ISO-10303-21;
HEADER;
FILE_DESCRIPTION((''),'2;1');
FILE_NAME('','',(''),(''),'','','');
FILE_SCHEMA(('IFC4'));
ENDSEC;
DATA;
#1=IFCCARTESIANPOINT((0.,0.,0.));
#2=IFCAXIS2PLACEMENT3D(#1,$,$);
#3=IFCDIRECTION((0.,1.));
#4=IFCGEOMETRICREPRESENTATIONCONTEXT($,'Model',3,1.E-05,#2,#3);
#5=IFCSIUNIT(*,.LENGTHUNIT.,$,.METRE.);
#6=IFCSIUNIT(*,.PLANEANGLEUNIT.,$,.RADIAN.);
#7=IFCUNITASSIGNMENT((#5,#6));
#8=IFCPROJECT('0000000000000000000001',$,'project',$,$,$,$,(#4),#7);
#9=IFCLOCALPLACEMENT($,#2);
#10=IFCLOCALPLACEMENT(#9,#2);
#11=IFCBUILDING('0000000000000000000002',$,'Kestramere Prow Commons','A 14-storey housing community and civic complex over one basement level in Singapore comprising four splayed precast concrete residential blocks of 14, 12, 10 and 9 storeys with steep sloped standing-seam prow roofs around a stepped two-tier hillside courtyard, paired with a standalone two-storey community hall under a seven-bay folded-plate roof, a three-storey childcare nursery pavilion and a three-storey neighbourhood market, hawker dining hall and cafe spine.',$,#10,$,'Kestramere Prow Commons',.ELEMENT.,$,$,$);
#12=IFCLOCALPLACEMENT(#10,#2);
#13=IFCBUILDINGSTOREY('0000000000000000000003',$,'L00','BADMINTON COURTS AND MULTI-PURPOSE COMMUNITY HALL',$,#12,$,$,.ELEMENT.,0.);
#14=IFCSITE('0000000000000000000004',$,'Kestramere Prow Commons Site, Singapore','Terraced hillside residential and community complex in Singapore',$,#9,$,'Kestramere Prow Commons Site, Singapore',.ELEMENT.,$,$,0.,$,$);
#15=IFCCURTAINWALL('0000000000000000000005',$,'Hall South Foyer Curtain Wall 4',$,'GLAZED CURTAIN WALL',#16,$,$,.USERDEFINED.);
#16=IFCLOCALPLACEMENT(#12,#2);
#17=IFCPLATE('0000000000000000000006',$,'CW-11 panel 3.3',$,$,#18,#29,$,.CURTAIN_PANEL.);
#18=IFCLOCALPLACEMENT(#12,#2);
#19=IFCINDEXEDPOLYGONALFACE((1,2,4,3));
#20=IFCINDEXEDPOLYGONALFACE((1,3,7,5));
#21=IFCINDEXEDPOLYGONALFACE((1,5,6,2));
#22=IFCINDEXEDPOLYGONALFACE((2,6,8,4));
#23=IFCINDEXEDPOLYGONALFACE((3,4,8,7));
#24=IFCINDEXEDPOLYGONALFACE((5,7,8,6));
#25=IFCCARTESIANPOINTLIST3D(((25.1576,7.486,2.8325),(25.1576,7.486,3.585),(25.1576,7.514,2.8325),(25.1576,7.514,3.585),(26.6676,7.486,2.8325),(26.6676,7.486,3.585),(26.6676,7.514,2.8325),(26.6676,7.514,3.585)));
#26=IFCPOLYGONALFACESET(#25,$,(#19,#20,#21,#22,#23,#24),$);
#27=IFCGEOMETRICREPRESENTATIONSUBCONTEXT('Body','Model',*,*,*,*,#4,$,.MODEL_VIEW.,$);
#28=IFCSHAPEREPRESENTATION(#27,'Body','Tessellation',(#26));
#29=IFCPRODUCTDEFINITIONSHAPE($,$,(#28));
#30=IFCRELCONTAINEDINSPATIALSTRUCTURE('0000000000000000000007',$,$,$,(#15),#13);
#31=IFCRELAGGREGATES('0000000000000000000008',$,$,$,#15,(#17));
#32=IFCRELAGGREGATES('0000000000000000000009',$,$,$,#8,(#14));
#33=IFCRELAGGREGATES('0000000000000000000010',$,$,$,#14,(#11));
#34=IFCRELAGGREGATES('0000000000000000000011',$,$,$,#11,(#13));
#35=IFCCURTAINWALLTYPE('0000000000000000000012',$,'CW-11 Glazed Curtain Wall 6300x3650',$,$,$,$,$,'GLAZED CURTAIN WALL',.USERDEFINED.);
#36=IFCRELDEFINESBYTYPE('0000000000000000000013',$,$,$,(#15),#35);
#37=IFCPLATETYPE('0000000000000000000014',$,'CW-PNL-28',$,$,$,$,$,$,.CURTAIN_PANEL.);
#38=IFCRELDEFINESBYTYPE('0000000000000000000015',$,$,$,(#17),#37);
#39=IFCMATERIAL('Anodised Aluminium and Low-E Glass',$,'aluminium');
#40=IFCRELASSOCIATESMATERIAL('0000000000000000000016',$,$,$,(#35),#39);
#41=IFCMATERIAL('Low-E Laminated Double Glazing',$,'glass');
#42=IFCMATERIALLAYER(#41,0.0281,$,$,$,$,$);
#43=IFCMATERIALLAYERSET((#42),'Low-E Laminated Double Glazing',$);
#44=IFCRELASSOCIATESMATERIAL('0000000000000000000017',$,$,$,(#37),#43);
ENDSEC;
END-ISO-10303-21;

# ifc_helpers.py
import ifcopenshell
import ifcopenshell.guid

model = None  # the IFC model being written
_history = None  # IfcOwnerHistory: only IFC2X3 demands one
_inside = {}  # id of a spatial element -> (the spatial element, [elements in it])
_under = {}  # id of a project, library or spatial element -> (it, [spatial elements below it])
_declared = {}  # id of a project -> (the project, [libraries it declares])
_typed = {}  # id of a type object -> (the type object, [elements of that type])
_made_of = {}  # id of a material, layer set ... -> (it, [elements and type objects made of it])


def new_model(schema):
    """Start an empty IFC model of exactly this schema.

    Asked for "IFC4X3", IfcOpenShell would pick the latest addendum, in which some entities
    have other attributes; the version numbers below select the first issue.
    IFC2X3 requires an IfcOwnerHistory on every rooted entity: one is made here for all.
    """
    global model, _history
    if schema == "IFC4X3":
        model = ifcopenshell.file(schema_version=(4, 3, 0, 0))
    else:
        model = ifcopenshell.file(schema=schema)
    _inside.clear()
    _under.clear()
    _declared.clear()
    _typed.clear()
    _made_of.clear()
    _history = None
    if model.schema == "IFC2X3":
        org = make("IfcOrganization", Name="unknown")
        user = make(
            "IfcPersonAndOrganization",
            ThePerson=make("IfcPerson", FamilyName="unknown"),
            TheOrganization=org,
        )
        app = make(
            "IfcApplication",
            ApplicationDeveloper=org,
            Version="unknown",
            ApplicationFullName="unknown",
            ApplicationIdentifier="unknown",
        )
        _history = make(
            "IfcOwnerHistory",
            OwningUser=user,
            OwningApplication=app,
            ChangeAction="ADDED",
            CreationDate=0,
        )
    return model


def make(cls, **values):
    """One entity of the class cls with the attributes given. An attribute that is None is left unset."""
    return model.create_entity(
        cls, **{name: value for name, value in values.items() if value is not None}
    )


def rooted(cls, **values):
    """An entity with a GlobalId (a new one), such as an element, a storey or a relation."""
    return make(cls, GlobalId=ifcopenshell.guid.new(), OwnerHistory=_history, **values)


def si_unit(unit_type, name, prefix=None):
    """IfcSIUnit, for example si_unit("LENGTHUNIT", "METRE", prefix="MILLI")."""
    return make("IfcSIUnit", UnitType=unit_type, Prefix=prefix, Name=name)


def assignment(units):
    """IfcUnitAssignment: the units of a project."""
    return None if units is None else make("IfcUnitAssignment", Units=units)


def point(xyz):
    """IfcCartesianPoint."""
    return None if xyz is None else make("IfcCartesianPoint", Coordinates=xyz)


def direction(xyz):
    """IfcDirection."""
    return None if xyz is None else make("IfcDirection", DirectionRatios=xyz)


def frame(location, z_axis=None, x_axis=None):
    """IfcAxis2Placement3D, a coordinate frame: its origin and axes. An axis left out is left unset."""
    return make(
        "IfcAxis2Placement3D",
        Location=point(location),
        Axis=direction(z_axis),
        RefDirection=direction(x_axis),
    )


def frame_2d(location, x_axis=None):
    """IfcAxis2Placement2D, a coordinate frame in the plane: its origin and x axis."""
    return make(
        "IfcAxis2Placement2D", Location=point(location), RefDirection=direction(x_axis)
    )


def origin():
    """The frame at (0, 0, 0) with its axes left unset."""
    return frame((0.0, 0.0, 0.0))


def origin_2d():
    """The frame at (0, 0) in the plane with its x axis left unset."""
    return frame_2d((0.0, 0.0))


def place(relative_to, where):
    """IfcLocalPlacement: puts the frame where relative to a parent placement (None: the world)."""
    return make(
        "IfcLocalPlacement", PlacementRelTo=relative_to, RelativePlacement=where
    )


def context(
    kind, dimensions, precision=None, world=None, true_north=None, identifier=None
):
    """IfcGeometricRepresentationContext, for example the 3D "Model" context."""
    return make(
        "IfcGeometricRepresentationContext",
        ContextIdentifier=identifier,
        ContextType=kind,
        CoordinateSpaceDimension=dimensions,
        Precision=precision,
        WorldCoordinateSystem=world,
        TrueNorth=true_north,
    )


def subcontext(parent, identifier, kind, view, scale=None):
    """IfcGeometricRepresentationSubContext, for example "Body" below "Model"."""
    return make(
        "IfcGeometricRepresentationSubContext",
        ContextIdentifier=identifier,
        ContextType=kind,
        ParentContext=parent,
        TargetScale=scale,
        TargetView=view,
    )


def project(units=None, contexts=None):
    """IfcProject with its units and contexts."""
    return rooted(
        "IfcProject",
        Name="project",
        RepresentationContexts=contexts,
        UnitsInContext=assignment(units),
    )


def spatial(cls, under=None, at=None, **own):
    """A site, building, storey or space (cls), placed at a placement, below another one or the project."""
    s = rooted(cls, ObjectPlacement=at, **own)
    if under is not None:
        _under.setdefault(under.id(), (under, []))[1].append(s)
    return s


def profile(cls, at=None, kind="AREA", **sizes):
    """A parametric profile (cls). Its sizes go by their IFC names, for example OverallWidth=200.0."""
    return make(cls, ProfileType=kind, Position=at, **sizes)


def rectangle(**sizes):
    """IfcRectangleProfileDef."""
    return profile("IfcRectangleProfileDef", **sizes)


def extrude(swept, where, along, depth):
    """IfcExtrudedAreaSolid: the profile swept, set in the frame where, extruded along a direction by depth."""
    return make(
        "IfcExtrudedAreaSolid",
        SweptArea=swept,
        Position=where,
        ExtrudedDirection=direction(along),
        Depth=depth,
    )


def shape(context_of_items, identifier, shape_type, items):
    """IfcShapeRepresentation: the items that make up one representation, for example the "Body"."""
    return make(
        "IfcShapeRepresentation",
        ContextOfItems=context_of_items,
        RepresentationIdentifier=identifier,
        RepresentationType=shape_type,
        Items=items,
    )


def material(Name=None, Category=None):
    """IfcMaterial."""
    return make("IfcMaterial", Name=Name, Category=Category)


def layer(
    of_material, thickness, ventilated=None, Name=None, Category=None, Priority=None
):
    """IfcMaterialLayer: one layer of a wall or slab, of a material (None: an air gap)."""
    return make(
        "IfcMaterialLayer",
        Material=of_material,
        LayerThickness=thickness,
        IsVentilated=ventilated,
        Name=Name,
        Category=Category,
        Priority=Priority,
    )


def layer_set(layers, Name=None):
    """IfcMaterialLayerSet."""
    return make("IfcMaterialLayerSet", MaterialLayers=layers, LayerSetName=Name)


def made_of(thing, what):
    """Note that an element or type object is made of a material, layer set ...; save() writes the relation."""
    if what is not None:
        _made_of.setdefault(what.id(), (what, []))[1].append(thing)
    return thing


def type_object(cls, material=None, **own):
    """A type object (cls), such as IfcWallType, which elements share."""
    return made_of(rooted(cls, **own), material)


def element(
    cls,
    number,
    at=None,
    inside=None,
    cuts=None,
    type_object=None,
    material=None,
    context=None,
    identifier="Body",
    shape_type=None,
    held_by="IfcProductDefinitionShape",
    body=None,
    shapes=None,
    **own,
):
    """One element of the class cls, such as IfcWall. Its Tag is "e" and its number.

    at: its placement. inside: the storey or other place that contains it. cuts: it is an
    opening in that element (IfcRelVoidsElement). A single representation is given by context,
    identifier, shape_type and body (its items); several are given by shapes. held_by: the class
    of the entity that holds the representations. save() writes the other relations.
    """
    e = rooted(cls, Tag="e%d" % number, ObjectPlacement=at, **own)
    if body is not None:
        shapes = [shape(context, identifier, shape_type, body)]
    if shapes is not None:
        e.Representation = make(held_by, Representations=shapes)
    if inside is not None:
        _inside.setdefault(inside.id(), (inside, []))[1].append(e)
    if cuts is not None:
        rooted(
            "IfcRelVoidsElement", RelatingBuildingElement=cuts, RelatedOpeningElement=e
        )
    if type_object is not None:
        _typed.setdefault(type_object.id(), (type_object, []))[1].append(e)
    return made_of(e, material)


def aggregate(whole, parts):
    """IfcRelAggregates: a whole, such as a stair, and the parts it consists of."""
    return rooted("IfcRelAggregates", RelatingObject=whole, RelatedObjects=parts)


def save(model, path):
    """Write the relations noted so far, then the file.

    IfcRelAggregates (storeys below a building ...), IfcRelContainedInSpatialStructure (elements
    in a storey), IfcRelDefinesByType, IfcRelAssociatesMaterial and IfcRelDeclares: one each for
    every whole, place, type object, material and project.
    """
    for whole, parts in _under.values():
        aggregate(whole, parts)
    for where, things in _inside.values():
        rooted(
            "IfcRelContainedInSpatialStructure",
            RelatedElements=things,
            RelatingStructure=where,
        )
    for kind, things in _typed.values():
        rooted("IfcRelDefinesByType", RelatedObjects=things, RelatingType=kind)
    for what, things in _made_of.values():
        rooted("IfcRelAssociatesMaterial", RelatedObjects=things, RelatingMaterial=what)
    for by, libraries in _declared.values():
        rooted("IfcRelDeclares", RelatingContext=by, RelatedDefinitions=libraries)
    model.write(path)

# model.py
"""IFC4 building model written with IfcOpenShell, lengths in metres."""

from ifc_helpers import new_model, si_unit, direction, frame, origin, origin_2d, place, context, subcontext, project, spatial, rectangle, extrude, material, layer, layer_set, type_object, element, aggregate, save


model = new_model("IFC4")

# Units and contexts
model_context = context("Model", 3, precision=1e-05, world=origin(), true_north=direction((0.0, 1.0)))
body_context = subcontext(model_context, "Body", "Model", "MODEL_VIEW")
ifc_project = project(units=[si_unit("LENGTHUNIT", "METRE"), si_unit("PLANEANGLEUNIT", "RADIAN")], contexts=[model_context])

# Site, building, storey
site_placement = place(None, origin())
site = spatial("IfcSite", under=ifc_project, at=site_placement, Name="Kestramere Prow Commons Site, Singapore", Description="Terraced hillside residential and community complex in Singapore", LongName="Kestramere Prow Commons Site, Singapore", CompositionType="ELEMENT", RefElevation=0.0)
building_placement = place(site_placement, origin())
building = spatial("IfcBuilding", under=site, at=building_placement, Name="Kestramere Prow Commons", Description="A 14-storey housing community and civic complex over one basement level in Singapore comprising four splayed precast concrete residential blocks of 14, 12, 10 and 9 storeys with steep sloped standing-seam prow roofs around a stepped two-tier hillside courtyard, paired with a standalone two-storey community hall under a seven-bay folded-plate roof, a three-storey childcare nursery pavilion and a three-storey neighbourhood market, hawker dining hall and cafe spine.", LongName="Kestramere Prow Commons", CompositionType="ELEMENT")
storey_placement = place(building_placement, origin())
storey = spatial("IfcBuildingStorey", under=building, at=storey_placement, Name="L00", Description="BADMINTON COURTS AND MULTI-PURPOSE COMMUNITY HALL", CompositionType="ELEMENT", Elevation=0.0)

# Curtain wall, plate
ifc_material_1 = material(Name="Anodised Aluminium and Low-E Glass", Category="aluminium")
curtain_wall_type = type_object("IfcCurtainWallType", Name="CW-11 Glazed Curtain Wall 6300x3650", ElementType="GLAZED CURTAIN WALL", PredefinedType="USERDEFINED", material=ifc_material_1)
curtain_wall_placement = place(storey_placement, origin())
curtain_wall = element("IfcCurtainWall", 1, at=curtain_wall_placement, inside=storey, type_object=curtain_wall_type, Name="Hall South Foyer Curtain Wall 4", ObjectType="GLAZED CURTAIN WALL", PredefinedType="USERDEFINED")
ifc_material_2 = material(Name="Low-E Laminated Double Glazing", Category="glass")
ifc_layer = layer(ifc_material_2, 0.0281)
ifc_layer_set = layer_set([ifc_layer], Name="Low-E Laminated Double Glazing")
plate_type = type_object("IfcPlateType", Name="CW-PNL-28", PredefinedType="CURTAIN_PANEL", material=ifc_layer_set)
plate_1_placement = place(storey_placement, frame((25.9126, 7.5, 2.8325), z_axis=(0.0, 0.0, 1.0), x_axis=(-1.0, 0.0, 0.0)))
plate_1 = element("IfcPlate", 2, at=plate_1_placement, type_object=plate_type, Name="CW-11 panel 3.3", PredefinedType="CURTAIN_PANEL", context=body_context, shape_type="SweptSolid", body=[
    extrude(rectangle(XDim=1.51, YDim=0.0281, at=origin_2d()), origin(), (0.0, 0.0, 1.0), 0.7524),
])
aggregate(curtain_wall, [plate_1])

save(model, "model.ifc")
